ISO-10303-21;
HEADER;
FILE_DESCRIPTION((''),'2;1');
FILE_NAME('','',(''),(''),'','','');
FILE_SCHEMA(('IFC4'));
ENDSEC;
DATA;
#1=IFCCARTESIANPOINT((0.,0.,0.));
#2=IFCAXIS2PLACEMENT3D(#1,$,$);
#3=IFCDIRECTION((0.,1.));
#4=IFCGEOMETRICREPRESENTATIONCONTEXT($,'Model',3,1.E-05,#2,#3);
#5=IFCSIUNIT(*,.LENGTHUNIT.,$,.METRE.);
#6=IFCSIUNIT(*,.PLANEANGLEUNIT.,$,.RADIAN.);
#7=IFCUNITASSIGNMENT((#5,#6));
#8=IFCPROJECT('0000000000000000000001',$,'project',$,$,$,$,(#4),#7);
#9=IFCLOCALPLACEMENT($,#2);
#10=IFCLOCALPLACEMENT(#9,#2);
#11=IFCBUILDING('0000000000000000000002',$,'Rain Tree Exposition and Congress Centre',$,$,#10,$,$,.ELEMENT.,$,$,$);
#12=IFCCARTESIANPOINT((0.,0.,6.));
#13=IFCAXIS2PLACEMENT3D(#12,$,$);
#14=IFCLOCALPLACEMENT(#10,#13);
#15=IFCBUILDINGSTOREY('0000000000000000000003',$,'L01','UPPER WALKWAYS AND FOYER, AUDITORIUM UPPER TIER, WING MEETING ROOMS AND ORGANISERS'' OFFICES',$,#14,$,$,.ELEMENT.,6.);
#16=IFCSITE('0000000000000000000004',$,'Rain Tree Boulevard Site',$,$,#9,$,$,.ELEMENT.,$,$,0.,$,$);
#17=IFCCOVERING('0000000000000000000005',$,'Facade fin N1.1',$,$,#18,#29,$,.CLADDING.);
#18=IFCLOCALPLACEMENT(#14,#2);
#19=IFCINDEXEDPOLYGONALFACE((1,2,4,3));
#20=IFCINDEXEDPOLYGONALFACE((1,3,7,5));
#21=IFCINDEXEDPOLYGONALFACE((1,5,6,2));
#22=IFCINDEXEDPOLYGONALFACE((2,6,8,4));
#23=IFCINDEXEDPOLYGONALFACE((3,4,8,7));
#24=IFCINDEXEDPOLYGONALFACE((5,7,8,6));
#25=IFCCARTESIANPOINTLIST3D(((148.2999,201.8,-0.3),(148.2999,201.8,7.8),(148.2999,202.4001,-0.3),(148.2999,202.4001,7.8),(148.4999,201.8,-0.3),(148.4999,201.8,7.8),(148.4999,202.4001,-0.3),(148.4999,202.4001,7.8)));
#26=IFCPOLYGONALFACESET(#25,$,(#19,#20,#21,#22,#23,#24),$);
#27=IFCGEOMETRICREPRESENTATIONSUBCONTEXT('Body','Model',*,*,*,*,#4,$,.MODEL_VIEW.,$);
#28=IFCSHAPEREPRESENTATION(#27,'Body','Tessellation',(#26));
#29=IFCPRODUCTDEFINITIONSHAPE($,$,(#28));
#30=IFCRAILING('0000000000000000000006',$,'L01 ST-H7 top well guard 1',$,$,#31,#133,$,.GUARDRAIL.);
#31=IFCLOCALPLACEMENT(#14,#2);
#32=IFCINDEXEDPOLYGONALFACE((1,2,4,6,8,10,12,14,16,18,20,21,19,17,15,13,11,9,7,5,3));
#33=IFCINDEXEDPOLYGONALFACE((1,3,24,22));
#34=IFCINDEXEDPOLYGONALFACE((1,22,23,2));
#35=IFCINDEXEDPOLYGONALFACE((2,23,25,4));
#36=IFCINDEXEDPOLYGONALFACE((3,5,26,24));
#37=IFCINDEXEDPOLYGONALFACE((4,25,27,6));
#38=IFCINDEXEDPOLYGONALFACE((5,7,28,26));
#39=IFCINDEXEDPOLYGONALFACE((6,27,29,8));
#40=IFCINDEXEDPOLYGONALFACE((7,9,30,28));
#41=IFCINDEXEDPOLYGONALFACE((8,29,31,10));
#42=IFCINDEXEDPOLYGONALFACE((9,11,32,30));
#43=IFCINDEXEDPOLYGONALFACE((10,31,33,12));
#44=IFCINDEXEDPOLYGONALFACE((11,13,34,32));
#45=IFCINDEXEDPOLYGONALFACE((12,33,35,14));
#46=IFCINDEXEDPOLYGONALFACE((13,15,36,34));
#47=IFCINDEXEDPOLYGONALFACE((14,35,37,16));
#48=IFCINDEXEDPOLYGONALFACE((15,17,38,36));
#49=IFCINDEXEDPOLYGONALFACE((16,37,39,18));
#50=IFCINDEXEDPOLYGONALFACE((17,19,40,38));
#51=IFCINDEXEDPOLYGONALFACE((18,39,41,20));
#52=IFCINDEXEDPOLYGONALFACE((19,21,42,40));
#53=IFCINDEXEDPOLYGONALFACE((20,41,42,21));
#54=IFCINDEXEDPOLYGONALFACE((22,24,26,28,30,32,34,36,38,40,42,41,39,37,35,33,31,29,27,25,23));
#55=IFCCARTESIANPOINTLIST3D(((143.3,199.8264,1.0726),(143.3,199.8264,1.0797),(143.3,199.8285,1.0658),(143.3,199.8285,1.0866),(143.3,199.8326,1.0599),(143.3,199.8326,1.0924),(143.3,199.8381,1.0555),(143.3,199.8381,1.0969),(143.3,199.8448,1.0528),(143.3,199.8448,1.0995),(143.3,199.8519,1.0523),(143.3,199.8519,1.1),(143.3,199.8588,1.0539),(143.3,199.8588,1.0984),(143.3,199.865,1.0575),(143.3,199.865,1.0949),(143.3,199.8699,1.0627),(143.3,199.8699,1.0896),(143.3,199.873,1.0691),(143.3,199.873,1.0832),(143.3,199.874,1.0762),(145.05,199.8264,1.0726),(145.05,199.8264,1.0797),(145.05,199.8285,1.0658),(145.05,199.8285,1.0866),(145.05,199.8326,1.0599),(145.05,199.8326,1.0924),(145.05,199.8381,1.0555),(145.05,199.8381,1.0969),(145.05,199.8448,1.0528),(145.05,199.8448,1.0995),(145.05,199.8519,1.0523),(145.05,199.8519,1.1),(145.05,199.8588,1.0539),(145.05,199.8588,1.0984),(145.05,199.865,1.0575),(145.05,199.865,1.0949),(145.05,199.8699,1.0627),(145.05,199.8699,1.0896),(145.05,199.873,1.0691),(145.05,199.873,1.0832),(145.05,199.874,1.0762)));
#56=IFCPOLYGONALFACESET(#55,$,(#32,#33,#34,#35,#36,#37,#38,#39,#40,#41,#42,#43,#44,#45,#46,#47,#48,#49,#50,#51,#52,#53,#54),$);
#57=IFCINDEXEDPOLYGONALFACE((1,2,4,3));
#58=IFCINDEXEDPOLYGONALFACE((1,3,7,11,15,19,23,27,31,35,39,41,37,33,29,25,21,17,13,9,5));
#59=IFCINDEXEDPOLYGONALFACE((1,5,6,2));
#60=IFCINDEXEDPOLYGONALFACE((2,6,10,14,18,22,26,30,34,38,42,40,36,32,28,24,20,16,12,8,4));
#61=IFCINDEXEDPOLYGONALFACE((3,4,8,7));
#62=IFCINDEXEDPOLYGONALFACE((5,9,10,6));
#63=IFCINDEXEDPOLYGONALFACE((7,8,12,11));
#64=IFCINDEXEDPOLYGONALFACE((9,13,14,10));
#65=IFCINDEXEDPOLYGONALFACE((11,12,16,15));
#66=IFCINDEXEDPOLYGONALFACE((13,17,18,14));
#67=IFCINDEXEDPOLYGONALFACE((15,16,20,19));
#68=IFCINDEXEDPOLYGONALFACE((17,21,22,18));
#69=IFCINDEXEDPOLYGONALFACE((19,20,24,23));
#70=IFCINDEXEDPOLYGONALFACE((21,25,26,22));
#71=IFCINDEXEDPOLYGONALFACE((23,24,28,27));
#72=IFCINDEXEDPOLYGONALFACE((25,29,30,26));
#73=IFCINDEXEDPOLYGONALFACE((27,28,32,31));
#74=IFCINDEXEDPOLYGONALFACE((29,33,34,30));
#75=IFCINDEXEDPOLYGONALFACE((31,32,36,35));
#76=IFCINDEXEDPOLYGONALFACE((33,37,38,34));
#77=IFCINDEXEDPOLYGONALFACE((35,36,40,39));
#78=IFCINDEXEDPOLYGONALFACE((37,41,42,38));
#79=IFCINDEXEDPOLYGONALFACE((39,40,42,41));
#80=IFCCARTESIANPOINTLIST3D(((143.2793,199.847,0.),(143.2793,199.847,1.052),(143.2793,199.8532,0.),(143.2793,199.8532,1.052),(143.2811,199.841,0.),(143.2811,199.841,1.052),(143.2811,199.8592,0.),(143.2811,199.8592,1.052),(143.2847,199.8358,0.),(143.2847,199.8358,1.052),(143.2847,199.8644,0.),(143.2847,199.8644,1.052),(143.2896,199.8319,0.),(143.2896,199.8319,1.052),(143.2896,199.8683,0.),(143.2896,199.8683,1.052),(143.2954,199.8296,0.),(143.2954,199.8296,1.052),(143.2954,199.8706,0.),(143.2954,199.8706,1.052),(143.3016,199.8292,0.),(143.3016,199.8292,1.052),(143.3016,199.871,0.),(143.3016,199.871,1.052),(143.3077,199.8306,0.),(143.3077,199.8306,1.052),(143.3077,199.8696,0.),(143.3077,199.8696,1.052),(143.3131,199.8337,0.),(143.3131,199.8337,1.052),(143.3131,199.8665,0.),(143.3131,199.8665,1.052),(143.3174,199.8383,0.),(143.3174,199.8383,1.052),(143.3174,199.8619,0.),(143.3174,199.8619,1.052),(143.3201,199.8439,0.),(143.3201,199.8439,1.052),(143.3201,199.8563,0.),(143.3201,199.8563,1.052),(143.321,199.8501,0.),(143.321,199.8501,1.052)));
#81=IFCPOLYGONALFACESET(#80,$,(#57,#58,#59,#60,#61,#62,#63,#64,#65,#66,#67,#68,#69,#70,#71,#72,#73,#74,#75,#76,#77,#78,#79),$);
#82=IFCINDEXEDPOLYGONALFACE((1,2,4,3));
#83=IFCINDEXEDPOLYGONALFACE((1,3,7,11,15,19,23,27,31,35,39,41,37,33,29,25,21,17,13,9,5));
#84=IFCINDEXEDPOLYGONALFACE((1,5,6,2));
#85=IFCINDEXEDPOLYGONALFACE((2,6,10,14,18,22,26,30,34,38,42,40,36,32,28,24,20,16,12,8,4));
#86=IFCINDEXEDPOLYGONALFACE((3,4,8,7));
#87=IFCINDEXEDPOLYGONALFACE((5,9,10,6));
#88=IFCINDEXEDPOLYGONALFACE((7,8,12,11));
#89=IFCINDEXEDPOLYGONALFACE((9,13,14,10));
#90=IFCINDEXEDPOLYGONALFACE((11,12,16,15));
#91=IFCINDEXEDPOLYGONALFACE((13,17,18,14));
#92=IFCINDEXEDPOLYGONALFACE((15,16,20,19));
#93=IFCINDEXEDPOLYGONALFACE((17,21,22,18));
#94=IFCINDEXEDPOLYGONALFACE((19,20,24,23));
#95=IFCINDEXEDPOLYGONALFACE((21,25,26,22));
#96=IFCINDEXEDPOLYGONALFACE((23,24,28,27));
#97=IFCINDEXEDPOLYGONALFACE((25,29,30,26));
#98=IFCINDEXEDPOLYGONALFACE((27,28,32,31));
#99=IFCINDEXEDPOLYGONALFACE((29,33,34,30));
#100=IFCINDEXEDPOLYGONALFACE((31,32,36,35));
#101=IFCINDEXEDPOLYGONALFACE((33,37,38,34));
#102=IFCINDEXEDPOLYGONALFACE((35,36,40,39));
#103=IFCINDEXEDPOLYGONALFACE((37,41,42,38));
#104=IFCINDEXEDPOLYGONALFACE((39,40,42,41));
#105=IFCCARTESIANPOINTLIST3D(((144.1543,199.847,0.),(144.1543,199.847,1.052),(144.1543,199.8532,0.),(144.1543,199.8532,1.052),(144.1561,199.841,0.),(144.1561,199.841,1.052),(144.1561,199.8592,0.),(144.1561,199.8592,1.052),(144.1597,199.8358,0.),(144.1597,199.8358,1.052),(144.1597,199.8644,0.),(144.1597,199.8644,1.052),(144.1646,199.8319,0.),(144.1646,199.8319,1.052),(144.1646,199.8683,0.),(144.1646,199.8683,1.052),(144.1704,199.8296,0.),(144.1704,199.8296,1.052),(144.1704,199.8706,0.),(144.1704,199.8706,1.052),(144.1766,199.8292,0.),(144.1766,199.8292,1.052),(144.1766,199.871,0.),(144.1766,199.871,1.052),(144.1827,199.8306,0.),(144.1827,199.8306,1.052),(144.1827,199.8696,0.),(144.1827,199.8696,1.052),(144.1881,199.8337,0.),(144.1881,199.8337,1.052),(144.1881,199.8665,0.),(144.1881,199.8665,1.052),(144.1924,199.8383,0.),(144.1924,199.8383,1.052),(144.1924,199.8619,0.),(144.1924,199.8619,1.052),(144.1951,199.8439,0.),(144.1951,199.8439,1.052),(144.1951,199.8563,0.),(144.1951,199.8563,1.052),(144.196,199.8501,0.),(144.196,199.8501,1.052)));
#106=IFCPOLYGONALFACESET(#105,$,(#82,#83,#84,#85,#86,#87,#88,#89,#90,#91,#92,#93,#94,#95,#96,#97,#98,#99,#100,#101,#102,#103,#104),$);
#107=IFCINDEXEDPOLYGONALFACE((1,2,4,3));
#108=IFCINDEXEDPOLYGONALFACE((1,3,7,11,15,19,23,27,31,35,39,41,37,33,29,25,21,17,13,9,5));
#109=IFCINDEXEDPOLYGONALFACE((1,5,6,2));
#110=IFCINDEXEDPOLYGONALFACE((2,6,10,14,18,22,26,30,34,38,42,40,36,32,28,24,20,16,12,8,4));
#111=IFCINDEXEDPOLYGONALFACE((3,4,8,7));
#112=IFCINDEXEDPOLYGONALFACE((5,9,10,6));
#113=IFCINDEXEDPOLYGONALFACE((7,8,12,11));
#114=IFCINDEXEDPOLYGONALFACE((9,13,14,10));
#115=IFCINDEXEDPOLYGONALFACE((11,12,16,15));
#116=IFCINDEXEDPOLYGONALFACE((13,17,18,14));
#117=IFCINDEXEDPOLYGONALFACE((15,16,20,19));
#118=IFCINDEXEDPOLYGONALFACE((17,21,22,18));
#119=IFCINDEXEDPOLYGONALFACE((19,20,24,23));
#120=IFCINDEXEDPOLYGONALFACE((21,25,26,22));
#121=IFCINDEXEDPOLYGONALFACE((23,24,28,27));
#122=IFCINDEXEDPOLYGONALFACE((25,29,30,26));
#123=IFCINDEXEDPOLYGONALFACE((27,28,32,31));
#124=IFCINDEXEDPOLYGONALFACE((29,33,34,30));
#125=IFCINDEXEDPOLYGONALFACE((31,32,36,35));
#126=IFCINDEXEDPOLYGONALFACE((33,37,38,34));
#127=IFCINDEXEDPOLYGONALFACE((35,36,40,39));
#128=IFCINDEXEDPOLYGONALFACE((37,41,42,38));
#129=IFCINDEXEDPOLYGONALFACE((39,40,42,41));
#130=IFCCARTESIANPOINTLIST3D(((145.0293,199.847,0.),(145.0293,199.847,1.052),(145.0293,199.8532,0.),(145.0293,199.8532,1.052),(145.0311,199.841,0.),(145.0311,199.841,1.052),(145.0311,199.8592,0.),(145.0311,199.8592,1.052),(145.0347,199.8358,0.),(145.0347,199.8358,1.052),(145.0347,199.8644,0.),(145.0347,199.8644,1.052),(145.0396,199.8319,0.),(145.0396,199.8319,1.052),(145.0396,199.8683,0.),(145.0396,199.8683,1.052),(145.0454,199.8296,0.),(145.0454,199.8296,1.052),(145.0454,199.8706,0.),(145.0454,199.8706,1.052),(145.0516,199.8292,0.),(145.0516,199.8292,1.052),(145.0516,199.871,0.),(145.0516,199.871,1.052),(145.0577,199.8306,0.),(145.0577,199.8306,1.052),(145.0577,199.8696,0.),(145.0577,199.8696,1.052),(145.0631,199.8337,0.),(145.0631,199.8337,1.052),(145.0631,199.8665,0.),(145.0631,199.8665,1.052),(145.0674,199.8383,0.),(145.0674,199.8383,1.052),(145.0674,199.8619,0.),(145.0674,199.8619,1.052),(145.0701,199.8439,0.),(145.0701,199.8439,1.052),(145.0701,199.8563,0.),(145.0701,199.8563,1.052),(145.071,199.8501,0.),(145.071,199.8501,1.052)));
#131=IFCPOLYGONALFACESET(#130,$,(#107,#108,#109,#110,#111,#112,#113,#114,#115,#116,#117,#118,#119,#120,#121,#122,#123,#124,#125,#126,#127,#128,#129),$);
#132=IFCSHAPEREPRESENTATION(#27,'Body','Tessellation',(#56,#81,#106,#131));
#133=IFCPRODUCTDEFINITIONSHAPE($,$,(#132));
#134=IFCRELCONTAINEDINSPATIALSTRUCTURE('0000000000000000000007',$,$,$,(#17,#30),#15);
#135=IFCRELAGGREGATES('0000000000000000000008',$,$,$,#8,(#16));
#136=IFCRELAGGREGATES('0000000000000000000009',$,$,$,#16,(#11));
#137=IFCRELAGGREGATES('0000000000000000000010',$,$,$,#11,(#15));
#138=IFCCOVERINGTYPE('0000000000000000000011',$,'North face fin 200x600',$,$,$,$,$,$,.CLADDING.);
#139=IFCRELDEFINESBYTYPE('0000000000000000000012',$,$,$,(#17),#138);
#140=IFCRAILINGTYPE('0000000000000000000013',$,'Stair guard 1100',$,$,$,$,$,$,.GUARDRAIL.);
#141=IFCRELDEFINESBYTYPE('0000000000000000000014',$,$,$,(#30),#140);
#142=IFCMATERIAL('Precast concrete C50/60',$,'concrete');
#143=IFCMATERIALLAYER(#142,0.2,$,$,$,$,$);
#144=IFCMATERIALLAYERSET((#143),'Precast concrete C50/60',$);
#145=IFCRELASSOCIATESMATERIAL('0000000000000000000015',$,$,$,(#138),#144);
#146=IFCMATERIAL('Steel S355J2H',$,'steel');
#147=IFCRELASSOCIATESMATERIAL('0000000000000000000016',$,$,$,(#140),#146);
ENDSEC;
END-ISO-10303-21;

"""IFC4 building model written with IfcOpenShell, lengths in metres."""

from ifc_helpers import new_model, si_unit, direction, frame, origin, origin_2d, place, context, subcontext, project, spatial, rectangle, circle, extrude, material, layer, layer_set, type_object, element, save


model = new_model("IFC4")

# Units and contexts
model_context = context("Model", 3, precision=1e-05, world=origin(), true_north=direction((0.0, 1.0)))
body_context = subcontext(model_context, "Body", "Model", "MODEL_VIEW")
ifc_project = project(units=[si_unit("LENGTHUNIT", "METRE"), si_unit("PLANEANGLEUNIT", "RADIAN")], contexts=[model_context])

# Site, building, storey
site_placement = place(None, origin())
site = spatial("IfcSite", under=ifc_project, at=site_placement, Name="Rain Tree Boulevard Site", CompositionType="ELEMENT", RefElevation=0.0)
building_placement = place(site_placement, origin())
building = spatial("IfcBuilding", under=site, at=building_placement, Name="Rain Tree Exposition and Congress Centre", CompositionType="ELEMENT")
storey_placement = place(building_placement, frame((0.0, 0.0, 6.0)))
storey = spatial("IfcBuildingStorey", under=building, at=storey_placement, Name="L01", Description="UPPER WALKWAYS AND FOYER, AUDITORIUM UPPER TIER, WING MEETING ROOMS AND ORGANISERS' OFFICES", CompositionType="ELEMENT", Elevation=6.0)

# Covering
ifc_material_1 = material(Name="Precast concrete C50/60", Category="concrete")
ifc_layer_1 = layer(ifc_material_1, 0.2)
ifc_layer_set_1 = layer_set([ifc_layer_1], Name="Precast concrete C50/60")
covering_type = type_object("IfcCoveringType", Name="North face fin 200x600", PredefinedType="CLADDING", material=ifc_layer_set_1)
covering_placement = place(storey_placement, frame((148.3999, 202.1001, -0.3), z_axis=(0.0, 0.0, 1.0), x_axis=(1.0, 0.0, 0.0)))
element("IfcCovering", 1, at=covering_placement, inside=storey, type_object=covering_type, Name="Facade fin N1.1", PredefinedType="CLADDING", context=body_context, shape_type="SweptSolid", body=[
    extrude(rectangle(XDim=0.2, YDim=0.6001, at=origin_2d()), origin(), (0.0, 0.0, 1.0), 8.1001),
])

# Railing
ifc_material_2 = material(Name="Steel S355J2H", Category="steel")
railing_type = type_object("IfcRailingType", Name="Stair guard 1100", PredefinedType="GUARDRAIL", material=ifc_material_2)
railing_placement = place(storey_placement, frame((143.3, 199.8501, 0.0)))
element("IfcRailing", 2, at=railing_placement, inside=storey, type_object=railing_type, Name="L01 ST-H7 top well guard 1", PredefinedType="GUARDRAIL", context=body_context, shape_type="SweptSolid", body=[
    extrude(circle(Radius=0.0239, at=origin_2d()), frame((0.0, 0.0, 1.0762), z_axis=(1.0, 0.0, 0.0), x_axis=(0.0, 1.0, 0.0)), (0.0, 0.0, 1.0), 1.75),
    extrude(circle(Radius=0.021, at=origin_2d()), origin(), (0.0, 0.0, 1.0), 1.052),
    extrude(circle(Radius=0.021, at=origin_2d()), frame((0.875, 0.0, 0.0)), (0.0, 0.0, 1.0), 1.052),
    extrude(circle(Radius=0.021, at=origin_2d()), frame((1.75, 0.0, 0.0)), (0.0, 0.0, 1.0), 1.052),
])

save(model, "model.ifc")
